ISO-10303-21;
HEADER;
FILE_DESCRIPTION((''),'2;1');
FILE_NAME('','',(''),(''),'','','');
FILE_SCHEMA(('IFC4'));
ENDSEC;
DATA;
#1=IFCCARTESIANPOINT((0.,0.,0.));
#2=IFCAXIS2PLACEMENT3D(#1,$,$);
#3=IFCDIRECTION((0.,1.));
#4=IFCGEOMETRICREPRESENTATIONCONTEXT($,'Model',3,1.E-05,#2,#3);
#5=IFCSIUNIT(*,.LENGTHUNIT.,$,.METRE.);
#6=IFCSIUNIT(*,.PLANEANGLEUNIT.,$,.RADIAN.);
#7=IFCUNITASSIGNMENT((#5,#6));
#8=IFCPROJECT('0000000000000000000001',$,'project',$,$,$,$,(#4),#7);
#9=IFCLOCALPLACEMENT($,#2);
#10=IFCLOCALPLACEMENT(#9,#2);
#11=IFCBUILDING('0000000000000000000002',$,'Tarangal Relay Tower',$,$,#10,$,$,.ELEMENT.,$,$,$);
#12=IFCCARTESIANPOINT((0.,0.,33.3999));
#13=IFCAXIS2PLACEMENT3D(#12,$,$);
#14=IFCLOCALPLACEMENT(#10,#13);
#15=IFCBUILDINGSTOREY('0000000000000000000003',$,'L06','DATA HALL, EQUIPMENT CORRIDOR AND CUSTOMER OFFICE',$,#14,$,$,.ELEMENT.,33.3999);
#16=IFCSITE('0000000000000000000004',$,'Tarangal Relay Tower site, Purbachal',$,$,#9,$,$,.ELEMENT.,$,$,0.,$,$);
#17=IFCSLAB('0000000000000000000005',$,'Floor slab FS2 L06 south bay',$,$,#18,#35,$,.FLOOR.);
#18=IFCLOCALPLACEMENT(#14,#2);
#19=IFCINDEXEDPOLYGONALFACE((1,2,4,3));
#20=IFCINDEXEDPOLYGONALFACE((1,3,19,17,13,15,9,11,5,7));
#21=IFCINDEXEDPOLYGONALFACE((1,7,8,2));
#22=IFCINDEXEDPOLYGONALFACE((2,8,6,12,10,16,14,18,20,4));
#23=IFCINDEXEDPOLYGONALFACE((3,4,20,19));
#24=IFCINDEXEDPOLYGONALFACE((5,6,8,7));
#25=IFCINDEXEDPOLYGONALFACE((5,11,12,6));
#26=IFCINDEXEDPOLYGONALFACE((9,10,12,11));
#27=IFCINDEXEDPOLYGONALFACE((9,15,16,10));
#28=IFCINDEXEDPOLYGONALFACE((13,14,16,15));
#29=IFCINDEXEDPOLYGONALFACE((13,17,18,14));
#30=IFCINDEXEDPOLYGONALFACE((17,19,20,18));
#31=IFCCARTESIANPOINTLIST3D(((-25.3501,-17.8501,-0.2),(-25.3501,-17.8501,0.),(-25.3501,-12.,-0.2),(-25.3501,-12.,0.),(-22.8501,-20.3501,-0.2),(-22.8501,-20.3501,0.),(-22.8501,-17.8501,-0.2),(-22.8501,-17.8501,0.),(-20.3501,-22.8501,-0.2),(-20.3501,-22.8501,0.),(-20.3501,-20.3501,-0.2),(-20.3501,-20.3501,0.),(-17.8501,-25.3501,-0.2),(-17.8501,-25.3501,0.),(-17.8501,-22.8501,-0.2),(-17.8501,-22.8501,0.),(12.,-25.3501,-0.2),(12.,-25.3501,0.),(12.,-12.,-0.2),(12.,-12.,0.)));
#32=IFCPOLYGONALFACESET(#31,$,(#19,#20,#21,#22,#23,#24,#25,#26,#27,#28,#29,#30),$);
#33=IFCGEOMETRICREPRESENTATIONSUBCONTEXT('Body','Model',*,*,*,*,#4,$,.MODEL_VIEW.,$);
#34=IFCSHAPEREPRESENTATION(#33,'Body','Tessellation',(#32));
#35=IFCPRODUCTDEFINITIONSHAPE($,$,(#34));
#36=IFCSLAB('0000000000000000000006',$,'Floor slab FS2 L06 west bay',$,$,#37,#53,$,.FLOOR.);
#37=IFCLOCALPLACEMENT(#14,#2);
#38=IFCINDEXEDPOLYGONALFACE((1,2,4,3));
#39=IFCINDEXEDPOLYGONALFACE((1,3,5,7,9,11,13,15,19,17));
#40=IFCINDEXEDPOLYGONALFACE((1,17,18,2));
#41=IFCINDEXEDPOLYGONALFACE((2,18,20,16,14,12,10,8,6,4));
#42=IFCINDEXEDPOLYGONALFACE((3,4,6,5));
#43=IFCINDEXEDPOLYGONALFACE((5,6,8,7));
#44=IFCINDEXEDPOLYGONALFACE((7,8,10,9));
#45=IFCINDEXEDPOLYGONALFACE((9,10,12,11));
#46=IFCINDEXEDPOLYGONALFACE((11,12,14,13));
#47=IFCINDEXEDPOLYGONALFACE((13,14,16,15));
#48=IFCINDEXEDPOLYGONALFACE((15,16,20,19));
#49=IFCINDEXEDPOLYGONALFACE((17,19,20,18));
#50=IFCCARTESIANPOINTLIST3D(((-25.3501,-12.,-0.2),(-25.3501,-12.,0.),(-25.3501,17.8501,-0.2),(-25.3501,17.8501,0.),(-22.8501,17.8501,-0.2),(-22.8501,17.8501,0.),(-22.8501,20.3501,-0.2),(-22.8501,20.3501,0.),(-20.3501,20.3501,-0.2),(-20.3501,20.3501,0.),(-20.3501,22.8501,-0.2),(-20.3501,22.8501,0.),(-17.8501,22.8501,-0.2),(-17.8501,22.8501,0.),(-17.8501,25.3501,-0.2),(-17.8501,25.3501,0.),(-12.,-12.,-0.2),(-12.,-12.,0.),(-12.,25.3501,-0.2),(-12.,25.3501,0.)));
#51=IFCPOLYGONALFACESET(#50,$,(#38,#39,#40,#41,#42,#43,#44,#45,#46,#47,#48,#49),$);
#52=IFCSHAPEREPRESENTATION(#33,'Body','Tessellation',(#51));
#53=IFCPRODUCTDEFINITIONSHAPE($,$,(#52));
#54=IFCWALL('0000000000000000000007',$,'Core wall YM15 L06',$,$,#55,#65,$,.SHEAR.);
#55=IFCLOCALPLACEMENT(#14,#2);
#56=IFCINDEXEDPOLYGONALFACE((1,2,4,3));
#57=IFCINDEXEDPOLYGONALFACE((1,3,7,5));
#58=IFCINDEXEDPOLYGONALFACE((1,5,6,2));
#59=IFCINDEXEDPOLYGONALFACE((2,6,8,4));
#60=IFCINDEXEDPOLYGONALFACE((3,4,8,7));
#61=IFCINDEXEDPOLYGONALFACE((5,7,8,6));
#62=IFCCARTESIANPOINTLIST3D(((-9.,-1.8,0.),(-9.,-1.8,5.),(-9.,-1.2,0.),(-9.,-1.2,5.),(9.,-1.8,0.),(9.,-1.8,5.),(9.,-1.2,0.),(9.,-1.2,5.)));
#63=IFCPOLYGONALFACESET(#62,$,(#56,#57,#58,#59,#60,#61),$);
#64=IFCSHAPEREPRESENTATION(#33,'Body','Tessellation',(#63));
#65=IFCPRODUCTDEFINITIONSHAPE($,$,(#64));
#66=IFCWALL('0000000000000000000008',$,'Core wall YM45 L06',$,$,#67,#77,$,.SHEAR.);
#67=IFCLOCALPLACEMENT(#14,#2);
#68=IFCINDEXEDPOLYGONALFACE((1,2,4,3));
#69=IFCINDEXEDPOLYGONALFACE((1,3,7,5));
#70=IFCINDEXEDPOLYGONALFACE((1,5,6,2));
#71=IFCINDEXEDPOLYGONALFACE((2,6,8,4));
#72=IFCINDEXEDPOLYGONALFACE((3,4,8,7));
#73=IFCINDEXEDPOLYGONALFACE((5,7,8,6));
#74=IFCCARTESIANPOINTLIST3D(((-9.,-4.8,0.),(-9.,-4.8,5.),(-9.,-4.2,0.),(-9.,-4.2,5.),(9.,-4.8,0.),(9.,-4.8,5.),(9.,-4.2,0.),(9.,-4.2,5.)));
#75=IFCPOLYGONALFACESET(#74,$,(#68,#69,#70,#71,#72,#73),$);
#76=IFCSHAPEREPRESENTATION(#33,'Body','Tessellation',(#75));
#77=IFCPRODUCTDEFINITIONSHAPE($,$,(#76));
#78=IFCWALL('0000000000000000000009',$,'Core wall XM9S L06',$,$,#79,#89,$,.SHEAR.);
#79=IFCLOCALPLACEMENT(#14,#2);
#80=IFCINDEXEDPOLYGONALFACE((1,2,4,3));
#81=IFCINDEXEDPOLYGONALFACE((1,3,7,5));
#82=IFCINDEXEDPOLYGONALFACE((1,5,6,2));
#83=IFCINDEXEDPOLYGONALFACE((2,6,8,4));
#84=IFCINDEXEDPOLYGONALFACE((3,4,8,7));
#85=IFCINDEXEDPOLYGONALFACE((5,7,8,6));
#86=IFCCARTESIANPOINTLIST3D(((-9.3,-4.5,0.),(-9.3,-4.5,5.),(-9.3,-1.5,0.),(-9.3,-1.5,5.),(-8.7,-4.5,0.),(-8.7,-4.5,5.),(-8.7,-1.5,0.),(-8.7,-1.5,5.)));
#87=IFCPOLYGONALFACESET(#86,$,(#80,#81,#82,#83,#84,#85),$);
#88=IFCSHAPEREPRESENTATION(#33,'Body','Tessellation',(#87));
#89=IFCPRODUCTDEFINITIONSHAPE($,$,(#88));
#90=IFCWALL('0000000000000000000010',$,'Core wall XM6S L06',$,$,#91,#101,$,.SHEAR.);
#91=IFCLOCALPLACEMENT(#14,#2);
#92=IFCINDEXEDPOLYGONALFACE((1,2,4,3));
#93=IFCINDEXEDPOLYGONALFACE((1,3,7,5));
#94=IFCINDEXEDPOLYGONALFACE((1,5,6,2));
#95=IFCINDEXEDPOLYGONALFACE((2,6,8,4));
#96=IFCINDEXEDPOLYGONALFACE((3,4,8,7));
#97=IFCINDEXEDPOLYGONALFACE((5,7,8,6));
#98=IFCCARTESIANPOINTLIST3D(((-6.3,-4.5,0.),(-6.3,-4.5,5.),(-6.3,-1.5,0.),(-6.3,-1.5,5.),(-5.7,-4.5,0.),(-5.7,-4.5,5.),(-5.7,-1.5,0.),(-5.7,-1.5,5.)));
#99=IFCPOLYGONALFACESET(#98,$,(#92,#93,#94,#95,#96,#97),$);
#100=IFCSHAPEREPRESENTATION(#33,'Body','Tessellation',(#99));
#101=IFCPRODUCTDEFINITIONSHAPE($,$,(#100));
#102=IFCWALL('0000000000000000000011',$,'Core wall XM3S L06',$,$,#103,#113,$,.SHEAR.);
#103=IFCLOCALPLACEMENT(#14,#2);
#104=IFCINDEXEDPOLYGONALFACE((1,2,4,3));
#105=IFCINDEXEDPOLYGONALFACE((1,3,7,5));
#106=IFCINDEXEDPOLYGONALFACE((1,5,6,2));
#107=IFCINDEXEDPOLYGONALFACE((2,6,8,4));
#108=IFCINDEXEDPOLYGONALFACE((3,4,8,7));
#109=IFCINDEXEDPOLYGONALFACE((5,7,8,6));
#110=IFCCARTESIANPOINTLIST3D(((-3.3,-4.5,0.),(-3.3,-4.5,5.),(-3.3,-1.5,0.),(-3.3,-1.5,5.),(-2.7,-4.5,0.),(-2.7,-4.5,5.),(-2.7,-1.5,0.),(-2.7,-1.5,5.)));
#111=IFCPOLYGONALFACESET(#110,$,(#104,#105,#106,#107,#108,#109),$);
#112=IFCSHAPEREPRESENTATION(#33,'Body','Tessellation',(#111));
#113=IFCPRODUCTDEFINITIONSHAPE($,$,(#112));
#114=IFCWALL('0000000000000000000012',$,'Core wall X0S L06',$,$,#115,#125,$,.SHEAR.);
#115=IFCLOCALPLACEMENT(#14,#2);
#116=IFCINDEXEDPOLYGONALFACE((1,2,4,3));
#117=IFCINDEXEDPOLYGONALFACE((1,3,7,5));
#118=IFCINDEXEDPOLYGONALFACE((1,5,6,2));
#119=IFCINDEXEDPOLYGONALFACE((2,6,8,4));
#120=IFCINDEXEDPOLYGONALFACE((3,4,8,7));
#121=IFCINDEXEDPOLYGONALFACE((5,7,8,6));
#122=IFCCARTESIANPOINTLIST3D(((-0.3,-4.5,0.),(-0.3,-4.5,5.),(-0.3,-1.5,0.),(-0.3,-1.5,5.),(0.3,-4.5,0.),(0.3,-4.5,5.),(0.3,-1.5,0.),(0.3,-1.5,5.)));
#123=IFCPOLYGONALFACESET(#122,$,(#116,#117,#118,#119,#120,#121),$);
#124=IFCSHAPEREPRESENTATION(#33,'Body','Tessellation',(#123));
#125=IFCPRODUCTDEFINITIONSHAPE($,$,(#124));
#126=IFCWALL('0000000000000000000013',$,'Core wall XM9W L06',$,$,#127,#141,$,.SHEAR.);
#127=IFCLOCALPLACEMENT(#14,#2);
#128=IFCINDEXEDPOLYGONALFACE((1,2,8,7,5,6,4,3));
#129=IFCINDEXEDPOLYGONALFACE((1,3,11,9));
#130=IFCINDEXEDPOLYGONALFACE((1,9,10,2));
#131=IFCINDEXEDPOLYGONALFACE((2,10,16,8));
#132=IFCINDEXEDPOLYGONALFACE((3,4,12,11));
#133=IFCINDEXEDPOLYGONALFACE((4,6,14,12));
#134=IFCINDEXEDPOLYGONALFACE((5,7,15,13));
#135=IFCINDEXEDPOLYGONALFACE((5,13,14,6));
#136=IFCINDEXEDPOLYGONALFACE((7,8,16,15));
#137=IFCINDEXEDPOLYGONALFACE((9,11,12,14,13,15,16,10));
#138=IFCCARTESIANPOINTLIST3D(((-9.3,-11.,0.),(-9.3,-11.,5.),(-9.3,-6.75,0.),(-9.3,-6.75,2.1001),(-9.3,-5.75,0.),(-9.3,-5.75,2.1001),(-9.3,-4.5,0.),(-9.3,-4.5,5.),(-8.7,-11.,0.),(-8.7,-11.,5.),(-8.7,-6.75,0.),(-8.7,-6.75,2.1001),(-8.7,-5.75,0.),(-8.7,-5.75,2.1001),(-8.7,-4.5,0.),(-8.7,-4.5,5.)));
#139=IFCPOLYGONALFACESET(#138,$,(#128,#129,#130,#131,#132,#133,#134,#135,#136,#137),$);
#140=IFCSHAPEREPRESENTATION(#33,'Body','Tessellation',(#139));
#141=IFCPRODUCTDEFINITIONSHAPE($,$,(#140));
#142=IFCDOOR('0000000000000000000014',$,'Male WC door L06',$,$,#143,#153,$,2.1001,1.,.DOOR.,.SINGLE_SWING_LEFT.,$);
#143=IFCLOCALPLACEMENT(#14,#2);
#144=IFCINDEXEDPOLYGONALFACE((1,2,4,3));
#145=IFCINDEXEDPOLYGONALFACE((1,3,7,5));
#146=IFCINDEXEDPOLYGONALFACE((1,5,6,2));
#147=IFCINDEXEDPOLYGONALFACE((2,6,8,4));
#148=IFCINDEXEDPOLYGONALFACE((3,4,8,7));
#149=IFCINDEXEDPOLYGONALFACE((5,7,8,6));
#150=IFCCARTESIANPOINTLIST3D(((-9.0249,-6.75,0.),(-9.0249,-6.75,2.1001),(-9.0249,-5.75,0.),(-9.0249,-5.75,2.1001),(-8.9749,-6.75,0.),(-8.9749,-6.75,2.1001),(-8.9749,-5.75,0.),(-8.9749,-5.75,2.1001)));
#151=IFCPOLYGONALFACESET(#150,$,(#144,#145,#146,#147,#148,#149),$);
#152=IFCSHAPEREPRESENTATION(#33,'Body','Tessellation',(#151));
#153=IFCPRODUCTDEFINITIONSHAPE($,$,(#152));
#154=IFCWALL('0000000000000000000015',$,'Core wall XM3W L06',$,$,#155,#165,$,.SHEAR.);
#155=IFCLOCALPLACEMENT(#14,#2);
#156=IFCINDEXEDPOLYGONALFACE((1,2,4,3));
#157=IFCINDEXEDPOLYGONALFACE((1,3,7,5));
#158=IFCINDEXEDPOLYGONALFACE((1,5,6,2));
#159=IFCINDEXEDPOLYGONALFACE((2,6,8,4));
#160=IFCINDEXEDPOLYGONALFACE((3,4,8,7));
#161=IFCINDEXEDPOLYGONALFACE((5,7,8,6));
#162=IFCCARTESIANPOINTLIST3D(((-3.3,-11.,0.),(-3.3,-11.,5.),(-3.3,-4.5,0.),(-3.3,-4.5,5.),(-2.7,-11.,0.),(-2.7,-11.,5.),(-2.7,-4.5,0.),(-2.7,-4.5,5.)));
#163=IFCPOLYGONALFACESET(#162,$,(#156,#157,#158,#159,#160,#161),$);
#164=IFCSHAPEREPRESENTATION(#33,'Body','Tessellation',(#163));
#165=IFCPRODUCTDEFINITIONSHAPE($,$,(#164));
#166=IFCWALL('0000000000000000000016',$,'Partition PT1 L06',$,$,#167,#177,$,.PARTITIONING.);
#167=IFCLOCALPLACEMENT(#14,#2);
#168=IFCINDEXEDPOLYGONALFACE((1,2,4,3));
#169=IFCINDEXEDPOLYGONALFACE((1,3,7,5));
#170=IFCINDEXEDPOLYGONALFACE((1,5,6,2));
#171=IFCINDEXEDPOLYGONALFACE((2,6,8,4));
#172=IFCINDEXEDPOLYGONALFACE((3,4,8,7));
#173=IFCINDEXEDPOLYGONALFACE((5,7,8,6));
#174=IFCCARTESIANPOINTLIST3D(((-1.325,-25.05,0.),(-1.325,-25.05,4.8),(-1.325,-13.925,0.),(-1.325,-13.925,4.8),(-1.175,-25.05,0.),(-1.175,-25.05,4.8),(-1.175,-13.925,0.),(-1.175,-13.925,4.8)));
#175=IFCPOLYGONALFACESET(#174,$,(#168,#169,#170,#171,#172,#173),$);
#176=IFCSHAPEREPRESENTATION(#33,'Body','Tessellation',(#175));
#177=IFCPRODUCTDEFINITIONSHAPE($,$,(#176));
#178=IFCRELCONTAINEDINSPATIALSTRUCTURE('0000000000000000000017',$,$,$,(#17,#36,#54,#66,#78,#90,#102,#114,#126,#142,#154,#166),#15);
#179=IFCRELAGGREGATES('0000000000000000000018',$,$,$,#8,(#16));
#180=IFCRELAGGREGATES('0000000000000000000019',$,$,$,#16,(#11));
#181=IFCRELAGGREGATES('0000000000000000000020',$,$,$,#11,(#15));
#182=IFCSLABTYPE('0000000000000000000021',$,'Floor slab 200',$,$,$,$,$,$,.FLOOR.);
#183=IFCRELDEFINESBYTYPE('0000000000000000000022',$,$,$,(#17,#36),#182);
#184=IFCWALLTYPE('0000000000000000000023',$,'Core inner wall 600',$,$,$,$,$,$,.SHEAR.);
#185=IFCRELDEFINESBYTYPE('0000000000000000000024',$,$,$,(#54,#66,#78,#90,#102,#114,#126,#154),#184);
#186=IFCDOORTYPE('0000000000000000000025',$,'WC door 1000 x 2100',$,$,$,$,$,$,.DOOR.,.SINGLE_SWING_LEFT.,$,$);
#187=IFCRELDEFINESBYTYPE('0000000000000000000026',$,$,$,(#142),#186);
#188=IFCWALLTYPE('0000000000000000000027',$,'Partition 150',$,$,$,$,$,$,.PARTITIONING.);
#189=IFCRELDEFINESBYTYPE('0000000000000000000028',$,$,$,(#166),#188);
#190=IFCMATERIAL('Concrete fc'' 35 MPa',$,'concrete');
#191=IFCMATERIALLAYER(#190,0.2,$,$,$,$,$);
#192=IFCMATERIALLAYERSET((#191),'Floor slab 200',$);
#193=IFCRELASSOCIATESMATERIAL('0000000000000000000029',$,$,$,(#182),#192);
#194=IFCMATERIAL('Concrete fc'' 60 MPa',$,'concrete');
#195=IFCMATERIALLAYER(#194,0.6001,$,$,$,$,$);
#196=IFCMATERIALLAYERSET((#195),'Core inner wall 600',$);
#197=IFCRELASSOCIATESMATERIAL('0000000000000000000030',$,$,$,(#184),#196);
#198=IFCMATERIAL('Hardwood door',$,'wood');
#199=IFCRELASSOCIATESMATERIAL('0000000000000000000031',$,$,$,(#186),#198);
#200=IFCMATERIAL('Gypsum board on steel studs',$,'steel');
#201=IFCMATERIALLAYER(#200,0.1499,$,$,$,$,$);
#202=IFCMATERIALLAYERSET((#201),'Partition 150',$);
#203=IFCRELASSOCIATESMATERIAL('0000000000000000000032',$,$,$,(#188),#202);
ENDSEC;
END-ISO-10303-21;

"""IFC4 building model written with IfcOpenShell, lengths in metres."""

from ifc_helpers import new_model, si_unit, direction, frame, frame_2d, origin, place, context, subcontext, project, spatial, polyline, rectangle, outline, extrude, material, layer, layer_set, type_object, element, fill, save


model = new_model("IFC4")

# Units and contexts
model_context = context("Model", 3, precision=1e-05, world=origin(), true_north=direction((0.0, 1.0)))
body_context = subcontext(model_context, "Body", "Model", "MODEL_VIEW")
ifc_project = project(units=[si_unit("LENGTHUNIT", "METRE"), si_unit("PLANEANGLEUNIT", "RADIAN")], contexts=[model_context])

# Site, building, storey
site_placement = place(None, origin())
site = spatial("IfcSite", under=ifc_project, at=site_placement, Name="Tarangal Relay Tower site, Purbachal", CompositionType="ELEMENT", RefElevation=0.0)
building_placement = place(site_placement, origin())
building = spatial("IfcBuilding", under=site, at=building_placement, Name="Tarangal Relay Tower", CompositionType="ELEMENT")
storey_placement = place(building_placement, frame((0.0, 0.0, 33.3999)))
storey = spatial("IfcBuildingStorey", under=building, at=storey_placement, Name="L06", Description="DATA HALL, EQUIPMENT CORRIDOR AND CUSTOMER OFFICE", CompositionType="ELEMENT", Elevation=33.3999)

# Slabs
ifc_material_1 = material(Name="Concrete fc' 35 MPa", Category="concrete")
ifc_layer_1 = layer(ifc_material_1, 0.2)
ifc_layer_set_1 = layer_set([ifc_layer_1], Name="Floor slab 200")
slab_type = type_object("IfcSlabType", Name="Floor slab 200", PredefinedType="FLOOR", material=ifc_layer_set_1)
slab_1_placement = place(storey_placement, frame((0.0, 0.0, -0.2)))
element("IfcSlab", 1, at=slab_1_placement, inside=storey, type_object=slab_type, Name="Floor slab FS2 L06 south bay", PredefinedType="FLOOR", context=body_context, shape_type="SweptSolid", body=[
    extrude(outline(polyline([(-17.8501, -25.3501), (-17.8501, -22.8501), (-20.3501, -22.8501), (-20.3501, -20.3501), (-22.8501, -20.3501), (-22.8501, -17.8501), (-25.3501, -17.8501), (-25.3501, -12.0), (12.0, -12.0), (12.0, -25.3501), (-17.8501, -25.3501)])), origin(), (0.0, 0.0, 1.0), 0.2),
])
slab_2_placement = place(storey_placement, frame((0.0, 0.0, -0.2)))
element("IfcSlab", 2, at=slab_2_placement, inside=storey, type_object=slab_type, Name="Floor slab FS2 L06 west bay", PredefinedType="FLOOR", context=body_context, shape_type="SweptSolid", body=[
    extrude(outline(polyline([(-12.0, 25.3501), (-12.0, -12.0), (-25.3501, -12.0), (-25.3501, 17.8501), (-22.8501, 17.8501), (-22.8501, 20.3501), (-20.3501, 20.3501), (-20.3501, 22.8501), (-17.8501, 22.8501), (-17.8501, 25.3501), (-12.0, 25.3501)])), origin(), (0.0, 0.0, 1.0), 0.2),
])

# Walls
ifc_material_2 = material(Name="Concrete fc' 60 MPa", Category="concrete")
ifc_layer_2 = layer(ifc_material_2, 0.6001)
ifc_layer_set_2 = layer_set([ifc_layer_2], Name="Core inner wall 600")
wall_type_1 = type_object("IfcWallType", Name="Core inner wall 600", PredefinedType="SHEAR", material=ifc_layer_set_2)
for number, where, z_axis, x_axis, name in (
    (3, (-9.0, -1.5, 0.0), (0.0, 0.0, 1.0), (1.0, 0.0, 0.0), "Core wall YM15 L06"),
    (4, (-9.0, -4.5, 0.0), (0.0, 0.0, 1.0), (1.0, 0.0, 0.0), "Core wall YM45 L06"),
):
    element("IfcWall", number, at=place(storey_placement, frame(where, z_axis=z_axis, x_axis=x_axis)), inside=storey, type_object=wall_type_1, Name=name, PredefinedType="SHEAR", context=body_context, shape_type="SweptSolid", body=[
        extrude(rectangle(XDim=18.0, YDim=0.6001, at=frame_2d((9.0, 0.0))), origin(), (0.0, 0.0, 1.0), 5.0),
    ])
for number, where, z_axis, x_axis, name in (
    (5, (-9.0, -4.5, 0.0), (0.0, 0.0, 1.0), (0.0, 1.0, 0.0), "Core wall XM9S L06"),
    (6, (-6.0, -4.5, 0.0), (0.0, 0.0, 1.0), (0.0, 1.0, 0.0), "Core wall XM6S L06"),
    (7, (-3.0, -4.5, 0.0), (0.0, 0.0, 1.0), (0.0, 1.0, 0.0), "Core wall XM3S L06"),
    (8, (0.0, -4.5, 0.0), (0.0, 0.0, 1.0), (0.0, 1.0, 0.0), "Core wall X0S L06"),
):
    element("IfcWall", number, at=place(storey_placement, frame(where, z_axis=z_axis, x_axis=x_axis)), inside=storey, type_object=wall_type_1, Name=name, PredefinedType="SHEAR", context=body_context, shape_type="SweptSolid", body=[
        extrude(rectangle(XDim=3.0, YDim=0.6001, at=frame_2d((1.5, 0.0))), origin(), (0.0, 0.0, 1.0), 5.0),
    ])

# Wall, opening, door
wall_1_placement = place(storey_placement, frame((-9.0, -11.0, 0.0), z_axis=(0.0, 0.0, 1.0), x_axis=(0.0, 1.0, 0.0)))
wall_1 = element("IfcWall", 9, at=wall_1_placement, inside=storey, type_object=wall_type_1, Name="Core wall XM9W L06", PredefinedType="SHEAR", context=body_context, shape_type="SweptSolid", body=[
    extrude(rectangle(XDim=6.5, YDim=0.6001, at=frame_2d((3.25, 0.0))), origin(), (0.0, 0.0, 1.0), 5.0),
])
opening_1_placement = place(wall_1_placement, frame((4.25, 0.0, 0.0)))
opening_1 = element("IfcOpeningElement", 10, at=opening_1_placement, cuts=wall_1, PredefinedType="OPENING", context=body_context, shape_type="SweptSolid", body=[
    extrude(rectangle(XDim=1.0, YDim=2.1001, at=frame_2d((0.5, 1.05))), frame((0.0, 0.3101, 0.0), z_axis=(0.0, -1.0, 0.0), x_axis=(1.0, 0.0, 0.0)), (0.0, 0.0, 1.0), 0.6201),
])
ifc_material_3 = material(Name="Hardwood door", Category="wood")
door_type_1 = type_object("IfcDoorType", Name="WC door 1000 x 2100", OperationType="SINGLE_SWING_LEFT", PredefinedType="DOOR", material=ifc_material_3)
door_1_placement = place(opening_1_placement, origin())
door_1 = element("IfcDoor", 11, at=door_1_placement, inside=storey, type_object=door_type_1, Name="Male WC door L06", OperationType="SINGLE_SWING_LEFT", OverallHeight=2.1001, OverallWidth=1.0, PredefinedType="DOOR", context=body_context, shape_type="SweptSolid", body=[
    extrude(rectangle(XDim=1.0, YDim=2.1001, at=frame_2d((0.5, 1.05))), frame((0.0, 0.0249, 0.0), z_axis=(0.0, -1.0, 0.0), x_axis=(1.0, 0.0, 0.0)), (0.0, 0.0, 1.0), 0.05),
])
fill(opening_1, door_1)

# Walls
wall_2_placement = place(storey_placement, frame((-3.0, -11.0, 0.0), z_axis=(0.0, 0.0, 1.0), x_axis=(0.0, 1.0, 0.0)))
element("IfcWall", 12, at=wall_2_placement, inside=storey, type_object=wall_type_1, Name="Core wall XM3W L06", PredefinedType="SHEAR", context=body_context, shape_type="SweptSolid", body=[
    extrude(rectangle(XDim=6.5, YDim=0.6001, at=frame_2d((3.25, 0.0))), origin(), (0.0, 0.0, 1.0), 5.0),
])
ifc_material_4 = material(Name="Gypsum board on steel studs", Category="steel")
ifc_layer_3 = layer(ifc_material_4, 0.1499)
ifc_layer_set_3 = layer_set([ifc_layer_3], Name="Partition 150")
wall_type_2 = type_object("IfcWallType", Name="Partition 150", PredefinedType="PARTITIONING", material=ifc_layer_set_3)
wall_3_placement = place(storey_placement, frame((-1.25, -25.05, 0.0), z_axis=(0.0, 0.0, 1.0), x_axis=(0.0, 1.0, 0.0)))
element("IfcWall", 13, at=wall_3_placement, inside=storey, type_object=wall_type_2, Name="Partition PT1 L06", PredefinedType="PARTITIONING", context=body_context, shape_type="SweptSolid", body=[
    extrude(rectangle(XDim=11.125, YDim=0.1499, at=frame_2d((5.5625, 0.0))), origin(), (0.0, 0.0, 1.0), 4.8),
])

save(model, "model.ifc")
